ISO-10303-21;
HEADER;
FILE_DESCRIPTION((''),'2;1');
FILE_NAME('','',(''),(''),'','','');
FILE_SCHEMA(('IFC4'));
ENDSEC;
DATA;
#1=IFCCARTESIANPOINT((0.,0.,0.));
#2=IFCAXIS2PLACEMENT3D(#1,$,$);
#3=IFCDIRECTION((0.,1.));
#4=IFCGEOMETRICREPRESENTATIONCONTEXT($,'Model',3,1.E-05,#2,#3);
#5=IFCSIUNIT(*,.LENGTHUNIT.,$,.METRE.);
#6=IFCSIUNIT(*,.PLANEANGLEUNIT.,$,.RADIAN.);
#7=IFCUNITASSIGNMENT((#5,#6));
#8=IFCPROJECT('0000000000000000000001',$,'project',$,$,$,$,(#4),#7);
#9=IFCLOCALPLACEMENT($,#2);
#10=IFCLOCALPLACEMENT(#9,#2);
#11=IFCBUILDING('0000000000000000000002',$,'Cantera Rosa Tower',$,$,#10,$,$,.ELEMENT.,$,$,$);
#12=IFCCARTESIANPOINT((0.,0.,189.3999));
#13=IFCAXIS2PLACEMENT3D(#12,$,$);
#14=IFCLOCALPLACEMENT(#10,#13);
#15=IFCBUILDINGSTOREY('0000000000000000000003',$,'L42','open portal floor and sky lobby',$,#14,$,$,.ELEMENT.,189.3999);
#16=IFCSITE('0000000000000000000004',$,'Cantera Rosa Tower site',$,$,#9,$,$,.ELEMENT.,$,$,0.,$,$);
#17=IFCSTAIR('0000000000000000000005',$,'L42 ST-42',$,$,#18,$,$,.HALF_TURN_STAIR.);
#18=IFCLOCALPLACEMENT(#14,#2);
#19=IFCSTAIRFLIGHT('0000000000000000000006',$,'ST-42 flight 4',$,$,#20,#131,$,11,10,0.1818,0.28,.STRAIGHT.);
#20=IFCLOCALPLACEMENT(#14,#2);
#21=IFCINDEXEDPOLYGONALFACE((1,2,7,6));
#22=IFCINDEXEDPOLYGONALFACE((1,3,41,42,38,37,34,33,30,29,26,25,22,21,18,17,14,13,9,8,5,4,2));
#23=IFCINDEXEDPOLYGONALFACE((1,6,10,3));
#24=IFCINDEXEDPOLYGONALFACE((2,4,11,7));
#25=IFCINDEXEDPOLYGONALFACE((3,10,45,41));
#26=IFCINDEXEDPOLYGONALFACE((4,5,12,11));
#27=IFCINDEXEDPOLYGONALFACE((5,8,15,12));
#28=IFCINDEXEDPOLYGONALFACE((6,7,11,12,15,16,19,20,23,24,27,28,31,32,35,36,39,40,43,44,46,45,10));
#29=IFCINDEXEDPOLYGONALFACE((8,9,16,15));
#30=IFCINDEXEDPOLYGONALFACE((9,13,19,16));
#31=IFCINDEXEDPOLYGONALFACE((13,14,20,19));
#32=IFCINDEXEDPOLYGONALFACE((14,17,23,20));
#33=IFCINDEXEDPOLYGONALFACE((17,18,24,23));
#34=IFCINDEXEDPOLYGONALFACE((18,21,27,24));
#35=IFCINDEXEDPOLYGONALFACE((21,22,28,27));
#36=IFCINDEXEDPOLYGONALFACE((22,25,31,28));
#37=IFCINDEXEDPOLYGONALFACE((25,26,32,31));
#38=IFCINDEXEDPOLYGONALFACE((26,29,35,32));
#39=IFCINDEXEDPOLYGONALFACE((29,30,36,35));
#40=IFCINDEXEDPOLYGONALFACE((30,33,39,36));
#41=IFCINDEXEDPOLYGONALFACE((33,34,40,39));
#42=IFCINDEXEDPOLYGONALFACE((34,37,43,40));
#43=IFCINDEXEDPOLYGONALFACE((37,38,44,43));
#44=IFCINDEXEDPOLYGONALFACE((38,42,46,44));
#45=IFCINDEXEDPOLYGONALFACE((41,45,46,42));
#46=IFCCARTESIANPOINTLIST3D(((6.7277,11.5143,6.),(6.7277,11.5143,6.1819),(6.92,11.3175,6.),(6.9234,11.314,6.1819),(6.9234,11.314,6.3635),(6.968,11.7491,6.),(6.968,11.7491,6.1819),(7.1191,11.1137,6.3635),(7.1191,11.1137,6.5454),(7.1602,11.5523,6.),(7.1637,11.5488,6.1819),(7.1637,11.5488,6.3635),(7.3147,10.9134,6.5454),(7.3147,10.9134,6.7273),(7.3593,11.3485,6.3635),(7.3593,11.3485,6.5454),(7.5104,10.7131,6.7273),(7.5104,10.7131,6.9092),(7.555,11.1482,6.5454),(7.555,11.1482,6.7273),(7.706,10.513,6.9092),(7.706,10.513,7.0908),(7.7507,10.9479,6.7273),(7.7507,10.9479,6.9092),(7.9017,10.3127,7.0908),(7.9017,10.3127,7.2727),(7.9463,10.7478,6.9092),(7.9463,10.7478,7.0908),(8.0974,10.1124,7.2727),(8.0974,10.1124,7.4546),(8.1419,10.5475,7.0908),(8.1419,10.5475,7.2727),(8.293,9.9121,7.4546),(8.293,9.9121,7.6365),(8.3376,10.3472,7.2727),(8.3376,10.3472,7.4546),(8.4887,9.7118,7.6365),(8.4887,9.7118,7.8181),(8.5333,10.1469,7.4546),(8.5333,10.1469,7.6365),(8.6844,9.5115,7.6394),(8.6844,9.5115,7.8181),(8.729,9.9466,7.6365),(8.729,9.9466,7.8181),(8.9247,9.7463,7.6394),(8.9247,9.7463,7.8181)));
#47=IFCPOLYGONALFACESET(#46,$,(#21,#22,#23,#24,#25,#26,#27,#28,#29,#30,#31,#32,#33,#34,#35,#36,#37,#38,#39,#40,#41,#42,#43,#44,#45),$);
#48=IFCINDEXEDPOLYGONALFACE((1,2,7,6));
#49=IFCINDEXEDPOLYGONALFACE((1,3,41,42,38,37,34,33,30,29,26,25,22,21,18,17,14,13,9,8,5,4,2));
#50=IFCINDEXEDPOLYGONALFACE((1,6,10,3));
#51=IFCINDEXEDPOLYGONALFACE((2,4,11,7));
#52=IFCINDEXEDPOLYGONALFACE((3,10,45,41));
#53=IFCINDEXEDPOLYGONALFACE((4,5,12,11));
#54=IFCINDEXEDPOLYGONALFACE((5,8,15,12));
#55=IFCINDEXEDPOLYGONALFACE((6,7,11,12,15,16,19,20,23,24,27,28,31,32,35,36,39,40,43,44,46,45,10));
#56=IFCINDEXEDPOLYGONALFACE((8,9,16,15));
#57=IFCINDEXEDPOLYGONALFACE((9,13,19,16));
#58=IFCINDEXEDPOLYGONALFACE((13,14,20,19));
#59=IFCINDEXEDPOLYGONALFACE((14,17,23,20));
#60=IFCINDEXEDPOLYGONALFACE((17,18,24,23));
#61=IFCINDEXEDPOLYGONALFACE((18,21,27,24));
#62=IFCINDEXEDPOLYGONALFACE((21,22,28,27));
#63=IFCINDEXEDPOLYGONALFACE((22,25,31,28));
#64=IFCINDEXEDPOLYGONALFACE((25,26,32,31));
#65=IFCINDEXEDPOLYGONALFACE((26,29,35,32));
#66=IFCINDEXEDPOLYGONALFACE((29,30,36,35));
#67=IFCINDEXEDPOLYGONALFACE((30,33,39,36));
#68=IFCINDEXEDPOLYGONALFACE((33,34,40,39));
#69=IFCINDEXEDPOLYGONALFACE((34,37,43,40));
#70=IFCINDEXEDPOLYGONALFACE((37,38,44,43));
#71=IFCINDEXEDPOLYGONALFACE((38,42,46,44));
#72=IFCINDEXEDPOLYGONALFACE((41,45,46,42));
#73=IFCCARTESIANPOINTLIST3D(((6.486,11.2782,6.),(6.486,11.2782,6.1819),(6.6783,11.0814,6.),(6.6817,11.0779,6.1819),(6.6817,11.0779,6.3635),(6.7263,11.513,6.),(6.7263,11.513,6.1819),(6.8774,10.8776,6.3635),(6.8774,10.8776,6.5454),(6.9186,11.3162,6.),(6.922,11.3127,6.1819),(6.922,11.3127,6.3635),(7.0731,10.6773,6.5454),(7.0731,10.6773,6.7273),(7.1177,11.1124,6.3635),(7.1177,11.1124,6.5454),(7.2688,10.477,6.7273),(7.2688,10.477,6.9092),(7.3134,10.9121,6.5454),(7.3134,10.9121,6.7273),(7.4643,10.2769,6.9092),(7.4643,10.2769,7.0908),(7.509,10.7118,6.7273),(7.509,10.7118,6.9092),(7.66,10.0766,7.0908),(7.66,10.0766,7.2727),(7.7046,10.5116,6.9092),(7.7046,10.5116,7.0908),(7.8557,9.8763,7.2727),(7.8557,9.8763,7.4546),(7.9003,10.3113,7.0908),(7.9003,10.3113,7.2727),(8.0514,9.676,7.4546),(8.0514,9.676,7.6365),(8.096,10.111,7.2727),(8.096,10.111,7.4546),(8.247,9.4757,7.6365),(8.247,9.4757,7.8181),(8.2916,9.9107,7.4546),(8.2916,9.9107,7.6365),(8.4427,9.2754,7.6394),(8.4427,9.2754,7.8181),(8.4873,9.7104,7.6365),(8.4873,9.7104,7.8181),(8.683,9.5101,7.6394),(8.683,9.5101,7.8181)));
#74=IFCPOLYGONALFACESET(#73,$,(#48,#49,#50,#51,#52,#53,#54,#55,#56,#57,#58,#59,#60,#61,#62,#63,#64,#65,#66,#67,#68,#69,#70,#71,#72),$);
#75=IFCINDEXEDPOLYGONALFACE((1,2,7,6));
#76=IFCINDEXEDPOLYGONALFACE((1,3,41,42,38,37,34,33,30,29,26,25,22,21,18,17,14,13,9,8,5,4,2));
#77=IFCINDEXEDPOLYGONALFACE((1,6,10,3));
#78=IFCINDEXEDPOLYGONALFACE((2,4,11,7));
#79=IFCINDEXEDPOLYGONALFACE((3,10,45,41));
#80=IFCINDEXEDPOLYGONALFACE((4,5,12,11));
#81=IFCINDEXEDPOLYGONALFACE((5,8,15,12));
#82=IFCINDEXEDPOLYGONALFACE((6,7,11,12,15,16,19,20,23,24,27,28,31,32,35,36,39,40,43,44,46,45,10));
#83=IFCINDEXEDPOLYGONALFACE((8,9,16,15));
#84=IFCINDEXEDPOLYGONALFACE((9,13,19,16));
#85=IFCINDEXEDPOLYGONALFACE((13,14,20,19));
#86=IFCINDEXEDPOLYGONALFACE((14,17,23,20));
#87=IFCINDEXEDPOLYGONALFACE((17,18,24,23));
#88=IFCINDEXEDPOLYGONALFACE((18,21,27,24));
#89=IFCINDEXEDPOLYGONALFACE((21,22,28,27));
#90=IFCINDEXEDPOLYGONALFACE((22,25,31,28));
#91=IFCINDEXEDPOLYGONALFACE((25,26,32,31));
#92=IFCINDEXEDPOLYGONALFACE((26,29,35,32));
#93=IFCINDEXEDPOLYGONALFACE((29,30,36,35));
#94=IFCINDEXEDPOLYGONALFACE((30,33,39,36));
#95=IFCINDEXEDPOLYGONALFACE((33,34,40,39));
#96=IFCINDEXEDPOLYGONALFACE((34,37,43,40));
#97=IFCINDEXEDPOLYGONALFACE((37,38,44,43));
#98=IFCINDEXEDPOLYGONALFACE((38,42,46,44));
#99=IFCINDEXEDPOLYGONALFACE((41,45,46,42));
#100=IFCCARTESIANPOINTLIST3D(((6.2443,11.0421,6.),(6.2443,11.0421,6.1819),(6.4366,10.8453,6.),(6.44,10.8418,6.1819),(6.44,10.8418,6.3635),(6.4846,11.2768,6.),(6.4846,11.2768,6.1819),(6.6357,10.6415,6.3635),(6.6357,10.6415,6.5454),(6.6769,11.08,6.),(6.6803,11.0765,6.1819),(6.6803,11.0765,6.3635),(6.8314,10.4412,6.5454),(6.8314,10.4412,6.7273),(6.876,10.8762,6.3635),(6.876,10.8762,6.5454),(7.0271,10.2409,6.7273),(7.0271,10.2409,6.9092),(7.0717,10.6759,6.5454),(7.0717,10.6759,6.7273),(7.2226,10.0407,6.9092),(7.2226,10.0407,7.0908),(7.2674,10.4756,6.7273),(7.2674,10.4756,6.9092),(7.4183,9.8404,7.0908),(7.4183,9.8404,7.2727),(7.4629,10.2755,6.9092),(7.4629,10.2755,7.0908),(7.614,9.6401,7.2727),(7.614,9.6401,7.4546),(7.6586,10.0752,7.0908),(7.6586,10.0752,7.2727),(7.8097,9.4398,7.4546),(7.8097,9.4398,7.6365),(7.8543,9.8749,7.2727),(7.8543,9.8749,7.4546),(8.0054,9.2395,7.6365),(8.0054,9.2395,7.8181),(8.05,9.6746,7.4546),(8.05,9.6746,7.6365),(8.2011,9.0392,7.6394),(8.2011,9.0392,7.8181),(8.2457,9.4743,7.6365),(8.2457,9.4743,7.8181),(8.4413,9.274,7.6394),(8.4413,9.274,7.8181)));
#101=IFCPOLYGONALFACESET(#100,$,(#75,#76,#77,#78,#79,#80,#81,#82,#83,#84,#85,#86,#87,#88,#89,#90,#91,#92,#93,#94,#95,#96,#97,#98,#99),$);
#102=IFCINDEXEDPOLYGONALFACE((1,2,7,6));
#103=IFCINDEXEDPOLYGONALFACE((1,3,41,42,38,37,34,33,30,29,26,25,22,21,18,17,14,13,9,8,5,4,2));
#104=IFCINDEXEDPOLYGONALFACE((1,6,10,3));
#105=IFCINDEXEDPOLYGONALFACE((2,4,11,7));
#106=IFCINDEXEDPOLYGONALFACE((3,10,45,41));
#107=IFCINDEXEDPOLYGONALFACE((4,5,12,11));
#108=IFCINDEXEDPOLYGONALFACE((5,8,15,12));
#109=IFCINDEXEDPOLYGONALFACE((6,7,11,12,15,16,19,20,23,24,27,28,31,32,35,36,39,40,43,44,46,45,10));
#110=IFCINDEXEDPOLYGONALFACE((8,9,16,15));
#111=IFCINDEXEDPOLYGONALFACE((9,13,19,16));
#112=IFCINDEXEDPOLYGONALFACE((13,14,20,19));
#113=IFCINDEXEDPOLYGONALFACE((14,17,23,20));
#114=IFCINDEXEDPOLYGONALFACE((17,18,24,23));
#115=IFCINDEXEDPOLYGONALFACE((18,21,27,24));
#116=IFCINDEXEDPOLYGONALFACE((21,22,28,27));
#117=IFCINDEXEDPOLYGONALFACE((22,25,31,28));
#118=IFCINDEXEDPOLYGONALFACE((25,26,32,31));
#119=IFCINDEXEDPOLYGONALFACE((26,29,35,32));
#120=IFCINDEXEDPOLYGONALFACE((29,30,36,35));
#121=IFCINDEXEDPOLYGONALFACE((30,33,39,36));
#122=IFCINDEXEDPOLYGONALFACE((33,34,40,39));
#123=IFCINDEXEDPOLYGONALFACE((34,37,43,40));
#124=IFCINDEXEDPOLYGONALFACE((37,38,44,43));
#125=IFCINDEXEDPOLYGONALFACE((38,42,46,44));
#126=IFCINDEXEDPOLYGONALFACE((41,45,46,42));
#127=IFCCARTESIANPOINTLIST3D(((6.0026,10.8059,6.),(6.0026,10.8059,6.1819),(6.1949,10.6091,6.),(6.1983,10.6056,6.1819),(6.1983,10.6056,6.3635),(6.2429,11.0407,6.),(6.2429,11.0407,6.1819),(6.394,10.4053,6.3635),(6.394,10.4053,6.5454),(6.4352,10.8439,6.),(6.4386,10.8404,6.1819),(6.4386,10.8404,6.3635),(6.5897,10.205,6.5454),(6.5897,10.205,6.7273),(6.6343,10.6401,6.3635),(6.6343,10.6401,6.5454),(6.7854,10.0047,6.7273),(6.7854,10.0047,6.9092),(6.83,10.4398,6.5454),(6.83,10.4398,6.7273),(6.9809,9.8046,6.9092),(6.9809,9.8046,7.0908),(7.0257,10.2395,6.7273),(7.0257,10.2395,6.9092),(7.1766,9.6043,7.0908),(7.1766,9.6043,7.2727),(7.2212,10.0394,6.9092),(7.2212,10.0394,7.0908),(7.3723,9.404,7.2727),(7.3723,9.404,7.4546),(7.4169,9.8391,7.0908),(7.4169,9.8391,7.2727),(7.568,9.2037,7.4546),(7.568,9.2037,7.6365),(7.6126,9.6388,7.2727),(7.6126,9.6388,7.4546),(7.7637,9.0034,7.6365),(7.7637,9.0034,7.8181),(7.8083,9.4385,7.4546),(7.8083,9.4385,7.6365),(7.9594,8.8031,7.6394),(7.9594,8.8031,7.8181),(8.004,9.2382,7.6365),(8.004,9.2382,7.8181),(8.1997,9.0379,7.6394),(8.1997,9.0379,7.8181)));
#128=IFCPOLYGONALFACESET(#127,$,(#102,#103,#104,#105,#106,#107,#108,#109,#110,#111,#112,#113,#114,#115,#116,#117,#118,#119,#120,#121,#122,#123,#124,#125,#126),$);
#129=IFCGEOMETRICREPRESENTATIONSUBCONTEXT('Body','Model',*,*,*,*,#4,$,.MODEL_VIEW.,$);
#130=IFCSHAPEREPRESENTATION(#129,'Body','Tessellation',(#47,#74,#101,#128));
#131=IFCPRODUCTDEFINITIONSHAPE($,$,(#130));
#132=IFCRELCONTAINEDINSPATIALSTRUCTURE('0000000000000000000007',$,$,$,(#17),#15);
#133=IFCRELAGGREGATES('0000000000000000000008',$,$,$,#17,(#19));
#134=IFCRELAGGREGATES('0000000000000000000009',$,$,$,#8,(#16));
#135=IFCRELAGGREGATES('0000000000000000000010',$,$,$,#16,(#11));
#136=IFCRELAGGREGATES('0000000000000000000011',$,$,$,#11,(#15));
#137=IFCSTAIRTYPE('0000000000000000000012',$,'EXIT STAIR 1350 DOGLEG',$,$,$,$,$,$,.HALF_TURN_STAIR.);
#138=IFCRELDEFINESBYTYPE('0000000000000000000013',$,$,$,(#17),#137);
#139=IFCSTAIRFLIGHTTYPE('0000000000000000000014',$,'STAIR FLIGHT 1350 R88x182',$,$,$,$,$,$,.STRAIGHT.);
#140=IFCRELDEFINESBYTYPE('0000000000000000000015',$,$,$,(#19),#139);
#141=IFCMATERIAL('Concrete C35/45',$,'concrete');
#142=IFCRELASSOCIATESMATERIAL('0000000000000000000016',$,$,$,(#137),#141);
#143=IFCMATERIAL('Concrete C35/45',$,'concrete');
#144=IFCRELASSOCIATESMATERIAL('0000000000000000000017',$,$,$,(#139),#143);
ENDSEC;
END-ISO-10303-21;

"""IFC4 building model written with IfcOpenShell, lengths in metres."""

from ifc_helpers import new_model, si_unit, direction, frame, origin, place, context, subcontext, project, spatial, polyline, outline, extrude, material, type_object, element, aggregate, save


model = new_model("IFC4")

# Units and contexts
model_context = context("Model", 3, precision=1e-05, world=origin(), true_north=direction((0.0, 1.0)))
body_context = subcontext(model_context, "Body", "Model", "MODEL_VIEW")
ifc_project = project(units=[si_unit("LENGTHUNIT", "METRE"), si_unit("PLANEANGLEUNIT", "RADIAN")], contexts=[model_context])

# Site, building, storey
site_placement = place(None, origin())
site = spatial("IfcSite", under=ifc_project, at=site_placement, Name="Cantera Rosa Tower site", CompositionType="ELEMENT", RefElevation=0.0)
building_placement = place(site_placement, origin())
building = spatial("IfcBuilding", under=site, at=building_placement, Name="Cantera Rosa Tower", CompositionType="ELEMENT")
storey_placement = place(building_placement, frame((0.0, 0.0, 189.3999)))
storey = spatial("IfcBuildingStorey", under=building, at=storey_placement, Name="L42", Description="open portal floor and sky lobby", CompositionType="ELEMENT", Elevation=189.3999)

# Stair, stair flight
ifc_material_1 = material(Name="Concrete C35/45", Category="concrete")
stair_type = type_object("IfcStairType", Name="EXIT STAIR 1350 DOGLEG", PredefinedType="HALF_TURN_STAIR", material=ifc_material_1)
stair_placement = place(storey_placement, origin())
stair = element("IfcStair", 1, at=stair_placement, inside=storey, type_object=stair_type, Name="L42 ST-42", PredefinedType="HALF_TURN_STAIR")
ifc_material_2 = material(Name="Concrete C35/45", Category="concrete")
stair_flight_type = type_object("IfcStairFlightType", Name="STAIR FLIGHT 1350 R88x182", PredefinedType="STRAIGHT", material=ifc_material_2)
stair_flight_1_placement = place(storey_placement, frame((6.4851, 11.2773, 6.0), z_axis=(0.0, 0.0, 1.0), x_axis=(0.698832, -0.715286, 0.0)))
stair_flight_1 = element("IfcStairFlight", 2, at=stair_flight_1_placement, type_object=stair_flight_type, Name="ST-42 flight 4", NumberOfRisers=11, NumberOfTreads=10, PredefinedType="STRAIGHT", RiserHeight=0.1818, TreadLength=0.28, context=body_context, shape_type="SweptSolid", body=[
    extrude(outline(polyline([(0.0, 0.0), (0.0, 0.1819), (0.28, 0.1819), (0.28, 0.3635), (0.5601, 0.3635), (0.5601, 0.5454), (0.8401, 0.5454), (0.8401, 0.7273), (1.1201, 0.7273), (1.1201, 0.9092), (1.3999, 0.9092), (1.3999, 1.0908), (1.6799, 1.0908), (1.6799, 1.2727), (1.96, 1.2727), (1.96, 1.4546), (2.24, 1.4546), (2.24, 1.6365), (2.52, 1.6365), (2.52, 1.8181), (2.8, 1.8181), (2.8, 2.0), (2.8, 1.6394), (0.2751, 0.0), (0.0, 0.0)])), frame((0.0, 0.675, 0.0), z_axis=(0.0, -1.0, 0.0), x_axis=(1.0, 0.0, 0.0)), (0.0, 0.0, 1.0), 0.3359),
    extrude(outline(polyline([(0.0, 0.0), (0.0, 0.1819), (0.28, 0.1819), (0.28, 0.3635), (0.5601, 0.3635), (0.5601, 0.5454), (0.8401, 0.5454), (0.8401, 0.7273), (1.1201, 0.7273), (1.1201, 0.9092), (1.3999, 0.9092), (1.3999, 1.0908), (1.6799, 1.0908), (1.6799, 1.2727), (1.96, 1.2727), (1.96, 1.4546), (2.24, 1.4546), (2.24, 1.6365), (2.52, 1.6365), (2.52, 1.8181), (2.8, 1.8181), (2.8, 2.0), (2.8, 1.6394), (0.2751, 0.0), (0.0, 0.0)])), frame((0.0, 0.3372, 0.0), z_axis=(0.0, -1.0, 0.0), x_axis=(1.0, 0.0, 0.0)), (0.0, 0.0, 1.0), 0.3359),
    extrude(outline(polyline([(0.0, 0.0), (0.0, 0.1819), (0.28, 0.1819), (0.28, 0.3635), (0.5601, 0.3635), (0.5601, 0.5454), (0.8401, 0.5454), (0.8401, 0.7273), (1.1201, 0.7273), (1.1201, 0.9092), (1.3999, 0.9092), (1.3999, 1.0908), (1.6799, 1.0908), (1.6799, 1.2727), (1.96, 1.2727), (1.96, 1.4546), (2.24, 1.4546), (2.24, 1.6365), (2.52, 1.6365), (2.52, 1.8181), (2.8, 1.8181), (2.8, 2.0), (2.8, 1.6394), (0.2751, 0.0), (0.0, 0.0)])), frame((0.0, -0.0007, 0.0), z_axis=(0.0, -1.0, 0.0), x_axis=(1.0, 0.0, 0.0)), (0.0, 0.0, 1.0), 0.3359),
    extrude(outline(polyline([(0.0, 0.0), (0.0, 0.1819), (0.28, 0.1819), (0.28, 0.3635), (0.5601, 0.3635), (0.5601, 0.5454), (0.8401, 0.5454), (0.8401, 0.7273), (1.1201, 0.7273), (1.1201, 0.9092), (1.3999, 0.9092), (1.3999, 1.0908), (1.6799, 1.0908), (1.6799, 1.2727), (1.96, 1.2727), (1.96, 1.4546), (2.24, 1.4546), (2.24, 1.6365), (2.52, 1.6365), (2.52, 1.8181), (2.8, 1.8181), (2.8, 2.0), (2.8, 1.6394), (0.2751, 0.0), (0.0, 0.0)])), frame((0.0, -0.3386, 0.0), z_axis=(0.0, -1.0, 0.0), x_axis=(1.0, 0.0, 0.0)), (0.0, 0.0, 1.0), 0.3359),
])
aggregate(stair, [stair_flight_1])

save(model, "model.ifc")
